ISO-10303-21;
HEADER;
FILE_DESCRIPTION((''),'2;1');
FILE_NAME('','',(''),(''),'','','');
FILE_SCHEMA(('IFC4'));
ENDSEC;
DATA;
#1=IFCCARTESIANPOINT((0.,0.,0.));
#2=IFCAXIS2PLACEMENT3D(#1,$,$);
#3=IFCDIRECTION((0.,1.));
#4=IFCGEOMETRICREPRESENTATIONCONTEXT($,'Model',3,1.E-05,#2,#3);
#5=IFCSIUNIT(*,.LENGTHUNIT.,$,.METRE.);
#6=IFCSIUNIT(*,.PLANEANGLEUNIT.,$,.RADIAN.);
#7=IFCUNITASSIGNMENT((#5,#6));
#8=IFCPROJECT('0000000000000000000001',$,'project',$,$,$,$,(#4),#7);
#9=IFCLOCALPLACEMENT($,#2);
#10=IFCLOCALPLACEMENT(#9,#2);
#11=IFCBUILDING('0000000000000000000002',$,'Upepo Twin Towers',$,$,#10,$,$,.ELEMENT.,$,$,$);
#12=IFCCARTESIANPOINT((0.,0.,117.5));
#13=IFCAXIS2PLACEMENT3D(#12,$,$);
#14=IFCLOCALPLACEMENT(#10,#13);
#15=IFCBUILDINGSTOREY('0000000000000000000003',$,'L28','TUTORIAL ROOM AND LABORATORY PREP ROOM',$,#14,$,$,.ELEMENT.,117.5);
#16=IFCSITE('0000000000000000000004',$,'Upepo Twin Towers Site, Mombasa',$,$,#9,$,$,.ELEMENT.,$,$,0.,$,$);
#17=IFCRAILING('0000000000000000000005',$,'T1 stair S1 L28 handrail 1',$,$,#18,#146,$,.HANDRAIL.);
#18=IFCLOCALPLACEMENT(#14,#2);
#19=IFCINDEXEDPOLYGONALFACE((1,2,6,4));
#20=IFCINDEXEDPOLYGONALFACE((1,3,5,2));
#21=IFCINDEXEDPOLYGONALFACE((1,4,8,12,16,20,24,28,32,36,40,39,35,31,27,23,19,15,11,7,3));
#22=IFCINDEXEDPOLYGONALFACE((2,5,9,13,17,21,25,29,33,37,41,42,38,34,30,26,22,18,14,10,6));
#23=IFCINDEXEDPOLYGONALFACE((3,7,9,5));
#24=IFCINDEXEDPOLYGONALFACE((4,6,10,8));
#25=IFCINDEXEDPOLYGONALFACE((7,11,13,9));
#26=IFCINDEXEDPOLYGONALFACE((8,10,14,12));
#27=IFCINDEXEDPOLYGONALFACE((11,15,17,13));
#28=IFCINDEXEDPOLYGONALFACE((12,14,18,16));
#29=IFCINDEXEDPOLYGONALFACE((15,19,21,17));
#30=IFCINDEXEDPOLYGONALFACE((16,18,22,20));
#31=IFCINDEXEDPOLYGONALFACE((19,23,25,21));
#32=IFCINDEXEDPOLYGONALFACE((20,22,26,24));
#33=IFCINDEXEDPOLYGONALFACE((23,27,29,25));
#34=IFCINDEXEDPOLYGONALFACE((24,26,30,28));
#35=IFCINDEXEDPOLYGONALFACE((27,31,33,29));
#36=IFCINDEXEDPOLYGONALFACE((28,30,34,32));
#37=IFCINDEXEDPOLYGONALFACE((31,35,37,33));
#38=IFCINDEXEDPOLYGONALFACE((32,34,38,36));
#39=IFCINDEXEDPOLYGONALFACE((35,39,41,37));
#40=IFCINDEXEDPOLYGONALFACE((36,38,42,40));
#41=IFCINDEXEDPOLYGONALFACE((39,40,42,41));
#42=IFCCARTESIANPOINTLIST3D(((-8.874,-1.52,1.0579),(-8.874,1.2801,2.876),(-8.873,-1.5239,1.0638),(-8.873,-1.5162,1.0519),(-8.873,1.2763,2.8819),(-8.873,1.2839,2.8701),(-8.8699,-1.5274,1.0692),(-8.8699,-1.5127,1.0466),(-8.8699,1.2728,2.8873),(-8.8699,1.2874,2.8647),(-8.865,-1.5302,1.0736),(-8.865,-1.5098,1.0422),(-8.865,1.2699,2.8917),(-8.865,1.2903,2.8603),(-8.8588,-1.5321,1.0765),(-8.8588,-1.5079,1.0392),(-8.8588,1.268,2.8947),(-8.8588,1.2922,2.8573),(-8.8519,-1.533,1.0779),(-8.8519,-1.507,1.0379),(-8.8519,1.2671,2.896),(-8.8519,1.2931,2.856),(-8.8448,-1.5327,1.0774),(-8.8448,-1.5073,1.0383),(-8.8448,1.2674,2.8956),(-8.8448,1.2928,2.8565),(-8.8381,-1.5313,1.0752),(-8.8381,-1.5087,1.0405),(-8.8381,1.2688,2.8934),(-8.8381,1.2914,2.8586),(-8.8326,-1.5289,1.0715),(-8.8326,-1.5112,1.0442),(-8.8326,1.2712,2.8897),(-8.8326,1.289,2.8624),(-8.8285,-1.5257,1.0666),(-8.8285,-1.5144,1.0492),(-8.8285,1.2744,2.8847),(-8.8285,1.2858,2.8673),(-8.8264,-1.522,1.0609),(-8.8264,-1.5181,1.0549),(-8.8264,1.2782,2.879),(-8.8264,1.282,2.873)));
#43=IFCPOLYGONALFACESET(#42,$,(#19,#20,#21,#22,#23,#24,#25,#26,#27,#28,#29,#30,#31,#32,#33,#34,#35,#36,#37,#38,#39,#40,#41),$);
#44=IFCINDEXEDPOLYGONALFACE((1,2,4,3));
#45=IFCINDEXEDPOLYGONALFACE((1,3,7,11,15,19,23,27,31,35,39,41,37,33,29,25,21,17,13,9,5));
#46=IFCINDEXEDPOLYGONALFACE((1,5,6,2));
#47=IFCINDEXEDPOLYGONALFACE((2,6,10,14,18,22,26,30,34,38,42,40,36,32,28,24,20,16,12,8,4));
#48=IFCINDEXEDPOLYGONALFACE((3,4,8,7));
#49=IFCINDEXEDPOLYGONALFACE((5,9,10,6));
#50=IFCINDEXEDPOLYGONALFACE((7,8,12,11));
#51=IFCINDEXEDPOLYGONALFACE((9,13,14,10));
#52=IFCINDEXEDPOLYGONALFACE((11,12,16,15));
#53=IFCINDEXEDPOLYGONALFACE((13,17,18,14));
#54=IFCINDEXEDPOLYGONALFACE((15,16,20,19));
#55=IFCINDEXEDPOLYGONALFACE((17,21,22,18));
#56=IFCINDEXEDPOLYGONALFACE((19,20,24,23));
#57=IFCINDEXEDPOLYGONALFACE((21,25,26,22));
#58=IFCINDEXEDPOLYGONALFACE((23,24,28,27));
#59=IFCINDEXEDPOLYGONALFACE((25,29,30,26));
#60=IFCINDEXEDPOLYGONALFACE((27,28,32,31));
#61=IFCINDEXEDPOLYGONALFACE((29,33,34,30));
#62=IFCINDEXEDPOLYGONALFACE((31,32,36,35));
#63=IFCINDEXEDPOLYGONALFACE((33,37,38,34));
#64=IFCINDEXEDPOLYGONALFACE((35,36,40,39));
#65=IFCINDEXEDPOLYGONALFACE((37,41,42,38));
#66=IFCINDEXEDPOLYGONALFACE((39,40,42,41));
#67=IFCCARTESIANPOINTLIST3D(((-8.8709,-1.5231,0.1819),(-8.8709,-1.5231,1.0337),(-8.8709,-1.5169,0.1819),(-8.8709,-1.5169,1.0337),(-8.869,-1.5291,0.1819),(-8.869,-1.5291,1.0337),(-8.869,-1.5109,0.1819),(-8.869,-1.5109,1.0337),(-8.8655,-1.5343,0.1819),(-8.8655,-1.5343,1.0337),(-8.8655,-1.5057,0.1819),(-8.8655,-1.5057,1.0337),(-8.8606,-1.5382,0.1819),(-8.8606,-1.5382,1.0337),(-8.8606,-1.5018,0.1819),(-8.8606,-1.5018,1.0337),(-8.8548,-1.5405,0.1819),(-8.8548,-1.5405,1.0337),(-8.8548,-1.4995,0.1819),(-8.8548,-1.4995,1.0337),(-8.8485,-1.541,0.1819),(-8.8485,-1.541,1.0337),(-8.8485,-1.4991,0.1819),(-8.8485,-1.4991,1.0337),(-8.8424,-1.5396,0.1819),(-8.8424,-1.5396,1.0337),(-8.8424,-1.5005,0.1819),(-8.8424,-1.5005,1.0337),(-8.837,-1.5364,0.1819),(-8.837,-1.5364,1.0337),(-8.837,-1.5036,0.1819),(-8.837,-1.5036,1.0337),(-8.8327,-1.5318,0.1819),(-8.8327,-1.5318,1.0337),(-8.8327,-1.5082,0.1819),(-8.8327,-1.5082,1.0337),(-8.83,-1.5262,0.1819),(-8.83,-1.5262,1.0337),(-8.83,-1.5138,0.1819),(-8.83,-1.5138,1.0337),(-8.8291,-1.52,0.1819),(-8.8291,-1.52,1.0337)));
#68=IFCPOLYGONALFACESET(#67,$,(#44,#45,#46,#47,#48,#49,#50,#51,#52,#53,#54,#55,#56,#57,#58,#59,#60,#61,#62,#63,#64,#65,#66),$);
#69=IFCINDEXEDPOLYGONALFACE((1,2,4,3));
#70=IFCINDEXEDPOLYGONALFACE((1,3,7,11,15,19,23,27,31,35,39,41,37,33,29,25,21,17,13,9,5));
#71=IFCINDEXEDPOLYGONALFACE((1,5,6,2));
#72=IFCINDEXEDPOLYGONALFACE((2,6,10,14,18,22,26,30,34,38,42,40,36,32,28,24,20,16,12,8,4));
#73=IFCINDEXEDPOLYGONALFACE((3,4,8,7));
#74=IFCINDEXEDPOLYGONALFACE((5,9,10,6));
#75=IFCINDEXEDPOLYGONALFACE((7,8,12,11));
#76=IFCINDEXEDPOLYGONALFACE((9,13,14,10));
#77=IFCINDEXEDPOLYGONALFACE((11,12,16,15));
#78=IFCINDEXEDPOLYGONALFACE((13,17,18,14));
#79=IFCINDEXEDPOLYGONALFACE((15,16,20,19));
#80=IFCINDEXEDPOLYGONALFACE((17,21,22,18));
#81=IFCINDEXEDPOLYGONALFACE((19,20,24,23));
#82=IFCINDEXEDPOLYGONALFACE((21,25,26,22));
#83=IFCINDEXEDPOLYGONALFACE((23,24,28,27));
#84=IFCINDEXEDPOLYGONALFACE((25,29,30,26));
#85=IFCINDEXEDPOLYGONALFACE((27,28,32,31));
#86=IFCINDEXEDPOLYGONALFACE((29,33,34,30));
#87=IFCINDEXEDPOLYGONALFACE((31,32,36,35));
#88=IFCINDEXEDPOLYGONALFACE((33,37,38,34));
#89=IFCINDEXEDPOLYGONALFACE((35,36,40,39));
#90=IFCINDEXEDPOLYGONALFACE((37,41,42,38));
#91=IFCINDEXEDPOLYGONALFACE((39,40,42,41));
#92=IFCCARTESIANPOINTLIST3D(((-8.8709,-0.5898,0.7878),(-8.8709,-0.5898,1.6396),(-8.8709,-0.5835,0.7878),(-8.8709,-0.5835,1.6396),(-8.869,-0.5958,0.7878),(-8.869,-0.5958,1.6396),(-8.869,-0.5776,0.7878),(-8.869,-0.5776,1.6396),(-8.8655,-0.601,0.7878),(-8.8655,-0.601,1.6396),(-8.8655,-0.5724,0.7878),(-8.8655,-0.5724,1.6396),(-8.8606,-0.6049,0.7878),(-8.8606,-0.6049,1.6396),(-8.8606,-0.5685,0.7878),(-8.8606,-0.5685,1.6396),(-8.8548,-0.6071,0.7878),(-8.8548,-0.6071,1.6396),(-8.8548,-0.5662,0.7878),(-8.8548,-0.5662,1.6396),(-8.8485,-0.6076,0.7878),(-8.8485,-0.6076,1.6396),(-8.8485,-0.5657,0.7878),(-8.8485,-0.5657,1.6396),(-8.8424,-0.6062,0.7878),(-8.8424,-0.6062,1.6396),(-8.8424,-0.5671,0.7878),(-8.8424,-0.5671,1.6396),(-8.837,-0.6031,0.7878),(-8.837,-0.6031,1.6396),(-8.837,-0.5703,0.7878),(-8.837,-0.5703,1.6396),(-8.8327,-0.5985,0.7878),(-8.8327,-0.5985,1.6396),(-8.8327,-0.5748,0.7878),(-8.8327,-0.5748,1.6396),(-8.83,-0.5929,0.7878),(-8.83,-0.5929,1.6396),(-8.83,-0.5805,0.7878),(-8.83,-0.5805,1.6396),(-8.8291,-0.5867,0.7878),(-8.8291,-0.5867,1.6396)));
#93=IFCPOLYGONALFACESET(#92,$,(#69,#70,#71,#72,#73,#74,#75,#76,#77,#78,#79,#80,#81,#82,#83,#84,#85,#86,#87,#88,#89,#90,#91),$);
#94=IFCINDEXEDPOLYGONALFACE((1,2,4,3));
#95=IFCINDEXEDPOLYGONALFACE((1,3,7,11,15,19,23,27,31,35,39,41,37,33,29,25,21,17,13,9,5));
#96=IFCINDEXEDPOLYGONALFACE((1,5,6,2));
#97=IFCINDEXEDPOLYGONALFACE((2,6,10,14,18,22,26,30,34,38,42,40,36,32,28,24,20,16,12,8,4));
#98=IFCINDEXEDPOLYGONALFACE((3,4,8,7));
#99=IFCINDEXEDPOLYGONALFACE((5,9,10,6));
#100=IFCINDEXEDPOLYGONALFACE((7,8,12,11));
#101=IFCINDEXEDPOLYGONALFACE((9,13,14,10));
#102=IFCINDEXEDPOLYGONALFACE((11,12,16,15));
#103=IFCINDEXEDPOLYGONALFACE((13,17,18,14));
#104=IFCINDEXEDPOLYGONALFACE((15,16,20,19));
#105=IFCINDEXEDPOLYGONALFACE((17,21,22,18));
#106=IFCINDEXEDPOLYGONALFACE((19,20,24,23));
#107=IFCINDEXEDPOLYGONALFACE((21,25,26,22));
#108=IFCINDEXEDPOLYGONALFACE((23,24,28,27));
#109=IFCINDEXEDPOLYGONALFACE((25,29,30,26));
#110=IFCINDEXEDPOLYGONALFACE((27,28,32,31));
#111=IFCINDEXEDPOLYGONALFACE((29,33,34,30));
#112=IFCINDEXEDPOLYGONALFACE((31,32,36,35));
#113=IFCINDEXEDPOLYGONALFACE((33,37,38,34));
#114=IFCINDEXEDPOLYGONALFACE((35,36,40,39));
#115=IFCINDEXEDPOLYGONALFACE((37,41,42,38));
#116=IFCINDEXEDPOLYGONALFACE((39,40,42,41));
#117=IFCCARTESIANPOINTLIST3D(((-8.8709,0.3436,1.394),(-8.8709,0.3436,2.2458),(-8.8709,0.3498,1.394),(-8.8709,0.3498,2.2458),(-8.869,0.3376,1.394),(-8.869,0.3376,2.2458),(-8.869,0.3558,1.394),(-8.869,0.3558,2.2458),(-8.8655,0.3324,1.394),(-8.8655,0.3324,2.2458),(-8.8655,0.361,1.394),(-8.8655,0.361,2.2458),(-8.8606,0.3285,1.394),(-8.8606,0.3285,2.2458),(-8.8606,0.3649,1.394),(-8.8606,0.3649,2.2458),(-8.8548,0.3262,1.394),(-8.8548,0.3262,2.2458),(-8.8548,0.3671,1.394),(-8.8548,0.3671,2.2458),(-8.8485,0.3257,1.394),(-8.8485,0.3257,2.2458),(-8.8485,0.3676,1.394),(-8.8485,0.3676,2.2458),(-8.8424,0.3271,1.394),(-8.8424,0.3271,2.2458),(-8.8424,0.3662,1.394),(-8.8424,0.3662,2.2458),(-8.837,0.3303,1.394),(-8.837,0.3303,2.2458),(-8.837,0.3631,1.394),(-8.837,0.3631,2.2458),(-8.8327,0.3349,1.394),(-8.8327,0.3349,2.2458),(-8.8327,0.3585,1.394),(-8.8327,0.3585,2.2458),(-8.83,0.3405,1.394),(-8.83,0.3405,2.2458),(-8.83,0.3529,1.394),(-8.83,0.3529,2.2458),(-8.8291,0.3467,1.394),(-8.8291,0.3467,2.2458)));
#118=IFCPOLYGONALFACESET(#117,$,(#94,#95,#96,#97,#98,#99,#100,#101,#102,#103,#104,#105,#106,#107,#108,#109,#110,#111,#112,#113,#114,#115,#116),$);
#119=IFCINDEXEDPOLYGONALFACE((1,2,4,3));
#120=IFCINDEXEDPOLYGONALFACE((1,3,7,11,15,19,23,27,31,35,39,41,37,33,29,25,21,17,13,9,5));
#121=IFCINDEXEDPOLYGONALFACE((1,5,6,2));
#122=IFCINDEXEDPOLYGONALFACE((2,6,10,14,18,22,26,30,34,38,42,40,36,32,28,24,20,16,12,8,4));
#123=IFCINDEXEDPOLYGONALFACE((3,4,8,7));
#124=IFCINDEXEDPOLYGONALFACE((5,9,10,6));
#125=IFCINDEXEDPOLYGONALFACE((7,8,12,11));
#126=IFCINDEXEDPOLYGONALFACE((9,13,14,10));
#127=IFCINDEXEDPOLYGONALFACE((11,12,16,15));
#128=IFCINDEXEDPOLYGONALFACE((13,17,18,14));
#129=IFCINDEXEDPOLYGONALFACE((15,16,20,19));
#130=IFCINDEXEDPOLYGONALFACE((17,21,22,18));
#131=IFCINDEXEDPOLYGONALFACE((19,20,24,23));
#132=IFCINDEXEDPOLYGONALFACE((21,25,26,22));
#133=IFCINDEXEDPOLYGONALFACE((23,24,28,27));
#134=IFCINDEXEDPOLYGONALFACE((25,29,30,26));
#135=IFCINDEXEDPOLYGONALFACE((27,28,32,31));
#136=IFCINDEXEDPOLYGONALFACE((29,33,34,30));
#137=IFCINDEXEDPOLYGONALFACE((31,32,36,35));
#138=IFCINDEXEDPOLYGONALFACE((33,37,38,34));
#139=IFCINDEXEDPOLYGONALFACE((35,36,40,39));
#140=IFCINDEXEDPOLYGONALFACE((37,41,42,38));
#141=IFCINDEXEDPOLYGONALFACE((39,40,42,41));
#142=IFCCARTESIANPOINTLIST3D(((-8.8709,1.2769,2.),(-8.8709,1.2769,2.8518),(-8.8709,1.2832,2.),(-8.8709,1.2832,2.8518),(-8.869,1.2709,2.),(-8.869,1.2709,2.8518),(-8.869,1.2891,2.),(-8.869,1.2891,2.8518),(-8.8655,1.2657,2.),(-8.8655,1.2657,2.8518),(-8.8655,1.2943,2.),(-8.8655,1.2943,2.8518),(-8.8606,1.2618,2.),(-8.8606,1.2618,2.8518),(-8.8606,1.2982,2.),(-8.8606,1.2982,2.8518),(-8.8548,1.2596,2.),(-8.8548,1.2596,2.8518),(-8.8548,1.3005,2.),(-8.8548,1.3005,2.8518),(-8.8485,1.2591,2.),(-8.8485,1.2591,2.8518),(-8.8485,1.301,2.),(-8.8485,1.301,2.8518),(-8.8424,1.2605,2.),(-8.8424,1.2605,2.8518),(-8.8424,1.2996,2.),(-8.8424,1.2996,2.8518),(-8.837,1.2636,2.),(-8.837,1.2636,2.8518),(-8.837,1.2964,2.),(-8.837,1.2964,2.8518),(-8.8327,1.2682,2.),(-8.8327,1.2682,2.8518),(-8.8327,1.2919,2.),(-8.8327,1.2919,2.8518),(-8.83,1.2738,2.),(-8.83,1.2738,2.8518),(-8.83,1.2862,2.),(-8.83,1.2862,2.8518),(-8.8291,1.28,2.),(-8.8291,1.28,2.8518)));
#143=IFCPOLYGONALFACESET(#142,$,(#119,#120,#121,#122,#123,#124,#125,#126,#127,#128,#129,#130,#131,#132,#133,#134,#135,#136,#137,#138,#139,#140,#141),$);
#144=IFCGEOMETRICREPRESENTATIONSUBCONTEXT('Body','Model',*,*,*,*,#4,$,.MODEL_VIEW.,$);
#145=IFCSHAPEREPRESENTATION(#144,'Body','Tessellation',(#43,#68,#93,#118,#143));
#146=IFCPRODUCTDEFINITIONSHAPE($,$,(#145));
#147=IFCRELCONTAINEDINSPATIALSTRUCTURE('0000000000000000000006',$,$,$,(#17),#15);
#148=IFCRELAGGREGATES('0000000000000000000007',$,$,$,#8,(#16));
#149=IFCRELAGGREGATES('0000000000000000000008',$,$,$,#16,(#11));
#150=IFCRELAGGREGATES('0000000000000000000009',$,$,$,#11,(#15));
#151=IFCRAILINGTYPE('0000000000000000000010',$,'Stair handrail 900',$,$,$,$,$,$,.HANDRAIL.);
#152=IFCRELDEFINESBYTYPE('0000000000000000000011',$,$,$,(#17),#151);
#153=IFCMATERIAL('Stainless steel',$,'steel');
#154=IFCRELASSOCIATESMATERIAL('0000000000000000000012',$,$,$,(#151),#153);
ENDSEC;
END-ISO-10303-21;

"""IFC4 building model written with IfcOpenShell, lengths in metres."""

from ifc_helpers import new_model, si_unit, direction, frame, origin, origin_2d, place, context, subcontext, project, spatial, circle, extrude, material, type_object, element, save


model = new_model("IFC4")

# Units and contexts
model_context = context("Model", 3, precision=1e-05, world=origin(), true_north=direction((0.0, 1.0)))
body_context = subcontext(model_context, "Body", "Model", "MODEL_VIEW")
ifc_project = project(units=[si_unit("LENGTHUNIT", "METRE"), si_unit("PLANEANGLEUNIT", "RADIAN")], contexts=[model_context])

# Site, building, storey
site_placement = place(None, origin())
site = spatial("IfcSite", under=ifc_project, at=site_placement, Name="Upepo Twin Towers Site, Mombasa", CompositionType="ELEMENT", RefElevation=0.0)
building_placement = place(site_placement, origin())
building = spatial("IfcBuilding", under=site, at=building_placement, Name="Upepo Twin Towers", CompositionType="ELEMENT")
storey_placement = place(building_placement, frame((0.0, 0.0, 117.5)))
storey = spatial("IfcBuildingStorey", under=building, at=storey_placement, Name="L28", Description="TUTORIAL ROOM AND LABORATORY PREP ROOM", CompositionType="ELEMENT", Elevation=117.5)

# Railing
ifc_material_1 = material(Name="Stainless steel", Category="steel")
railing_type = type_object("IfcRailingType", Name="Stair handrail 900", PredefinedType="HANDRAIL", material=ifc_material_1)
railing_1_placement = place(storey_placement, frame((-8.8501, -1.52, 0.1819)))
element("IfcRailing", 1, at=railing_1_placement, inside=storey, type_object=railing_type, Name="T1 stair S1 L28 handrail 1", PredefinedType="HANDRAIL", context=body_context, shape_type="SweptSolid", body=[
    extrude(circle(Radius=0.0239, at=origin_2d()), frame((0.0, 0.0, 0.876), z_axis=(0.0, 0.838706, 0.544585), x_axis=(-1.0, 0.0, 0.0)), (0.0, 0.0, 1.0), 3.3386),
    extrude(circle(Radius=0.021, at=origin_2d()), origin(), (0.0, 0.0, 1.0), 0.8518),
    extrude(circle(Radius=0.021, at=origin_2d()), frame((0.0, 0.9333, 0.606)), (0.0, 0.0, 1.0), 0.8518),
    extrude(circle(Radius=0.021, at=origin_2d()), frame((0.0, 1.8667, 1.2122)), (0.0, 0.0, 1.0), 0.8518),
    extrude(circle(Radius=0.021, at=origin_2d()), frame((0.0, 2.8, 1.8181)), (0.0, 0.0, 1.0), 0.8518),
])

save(model, "model.ifc")
